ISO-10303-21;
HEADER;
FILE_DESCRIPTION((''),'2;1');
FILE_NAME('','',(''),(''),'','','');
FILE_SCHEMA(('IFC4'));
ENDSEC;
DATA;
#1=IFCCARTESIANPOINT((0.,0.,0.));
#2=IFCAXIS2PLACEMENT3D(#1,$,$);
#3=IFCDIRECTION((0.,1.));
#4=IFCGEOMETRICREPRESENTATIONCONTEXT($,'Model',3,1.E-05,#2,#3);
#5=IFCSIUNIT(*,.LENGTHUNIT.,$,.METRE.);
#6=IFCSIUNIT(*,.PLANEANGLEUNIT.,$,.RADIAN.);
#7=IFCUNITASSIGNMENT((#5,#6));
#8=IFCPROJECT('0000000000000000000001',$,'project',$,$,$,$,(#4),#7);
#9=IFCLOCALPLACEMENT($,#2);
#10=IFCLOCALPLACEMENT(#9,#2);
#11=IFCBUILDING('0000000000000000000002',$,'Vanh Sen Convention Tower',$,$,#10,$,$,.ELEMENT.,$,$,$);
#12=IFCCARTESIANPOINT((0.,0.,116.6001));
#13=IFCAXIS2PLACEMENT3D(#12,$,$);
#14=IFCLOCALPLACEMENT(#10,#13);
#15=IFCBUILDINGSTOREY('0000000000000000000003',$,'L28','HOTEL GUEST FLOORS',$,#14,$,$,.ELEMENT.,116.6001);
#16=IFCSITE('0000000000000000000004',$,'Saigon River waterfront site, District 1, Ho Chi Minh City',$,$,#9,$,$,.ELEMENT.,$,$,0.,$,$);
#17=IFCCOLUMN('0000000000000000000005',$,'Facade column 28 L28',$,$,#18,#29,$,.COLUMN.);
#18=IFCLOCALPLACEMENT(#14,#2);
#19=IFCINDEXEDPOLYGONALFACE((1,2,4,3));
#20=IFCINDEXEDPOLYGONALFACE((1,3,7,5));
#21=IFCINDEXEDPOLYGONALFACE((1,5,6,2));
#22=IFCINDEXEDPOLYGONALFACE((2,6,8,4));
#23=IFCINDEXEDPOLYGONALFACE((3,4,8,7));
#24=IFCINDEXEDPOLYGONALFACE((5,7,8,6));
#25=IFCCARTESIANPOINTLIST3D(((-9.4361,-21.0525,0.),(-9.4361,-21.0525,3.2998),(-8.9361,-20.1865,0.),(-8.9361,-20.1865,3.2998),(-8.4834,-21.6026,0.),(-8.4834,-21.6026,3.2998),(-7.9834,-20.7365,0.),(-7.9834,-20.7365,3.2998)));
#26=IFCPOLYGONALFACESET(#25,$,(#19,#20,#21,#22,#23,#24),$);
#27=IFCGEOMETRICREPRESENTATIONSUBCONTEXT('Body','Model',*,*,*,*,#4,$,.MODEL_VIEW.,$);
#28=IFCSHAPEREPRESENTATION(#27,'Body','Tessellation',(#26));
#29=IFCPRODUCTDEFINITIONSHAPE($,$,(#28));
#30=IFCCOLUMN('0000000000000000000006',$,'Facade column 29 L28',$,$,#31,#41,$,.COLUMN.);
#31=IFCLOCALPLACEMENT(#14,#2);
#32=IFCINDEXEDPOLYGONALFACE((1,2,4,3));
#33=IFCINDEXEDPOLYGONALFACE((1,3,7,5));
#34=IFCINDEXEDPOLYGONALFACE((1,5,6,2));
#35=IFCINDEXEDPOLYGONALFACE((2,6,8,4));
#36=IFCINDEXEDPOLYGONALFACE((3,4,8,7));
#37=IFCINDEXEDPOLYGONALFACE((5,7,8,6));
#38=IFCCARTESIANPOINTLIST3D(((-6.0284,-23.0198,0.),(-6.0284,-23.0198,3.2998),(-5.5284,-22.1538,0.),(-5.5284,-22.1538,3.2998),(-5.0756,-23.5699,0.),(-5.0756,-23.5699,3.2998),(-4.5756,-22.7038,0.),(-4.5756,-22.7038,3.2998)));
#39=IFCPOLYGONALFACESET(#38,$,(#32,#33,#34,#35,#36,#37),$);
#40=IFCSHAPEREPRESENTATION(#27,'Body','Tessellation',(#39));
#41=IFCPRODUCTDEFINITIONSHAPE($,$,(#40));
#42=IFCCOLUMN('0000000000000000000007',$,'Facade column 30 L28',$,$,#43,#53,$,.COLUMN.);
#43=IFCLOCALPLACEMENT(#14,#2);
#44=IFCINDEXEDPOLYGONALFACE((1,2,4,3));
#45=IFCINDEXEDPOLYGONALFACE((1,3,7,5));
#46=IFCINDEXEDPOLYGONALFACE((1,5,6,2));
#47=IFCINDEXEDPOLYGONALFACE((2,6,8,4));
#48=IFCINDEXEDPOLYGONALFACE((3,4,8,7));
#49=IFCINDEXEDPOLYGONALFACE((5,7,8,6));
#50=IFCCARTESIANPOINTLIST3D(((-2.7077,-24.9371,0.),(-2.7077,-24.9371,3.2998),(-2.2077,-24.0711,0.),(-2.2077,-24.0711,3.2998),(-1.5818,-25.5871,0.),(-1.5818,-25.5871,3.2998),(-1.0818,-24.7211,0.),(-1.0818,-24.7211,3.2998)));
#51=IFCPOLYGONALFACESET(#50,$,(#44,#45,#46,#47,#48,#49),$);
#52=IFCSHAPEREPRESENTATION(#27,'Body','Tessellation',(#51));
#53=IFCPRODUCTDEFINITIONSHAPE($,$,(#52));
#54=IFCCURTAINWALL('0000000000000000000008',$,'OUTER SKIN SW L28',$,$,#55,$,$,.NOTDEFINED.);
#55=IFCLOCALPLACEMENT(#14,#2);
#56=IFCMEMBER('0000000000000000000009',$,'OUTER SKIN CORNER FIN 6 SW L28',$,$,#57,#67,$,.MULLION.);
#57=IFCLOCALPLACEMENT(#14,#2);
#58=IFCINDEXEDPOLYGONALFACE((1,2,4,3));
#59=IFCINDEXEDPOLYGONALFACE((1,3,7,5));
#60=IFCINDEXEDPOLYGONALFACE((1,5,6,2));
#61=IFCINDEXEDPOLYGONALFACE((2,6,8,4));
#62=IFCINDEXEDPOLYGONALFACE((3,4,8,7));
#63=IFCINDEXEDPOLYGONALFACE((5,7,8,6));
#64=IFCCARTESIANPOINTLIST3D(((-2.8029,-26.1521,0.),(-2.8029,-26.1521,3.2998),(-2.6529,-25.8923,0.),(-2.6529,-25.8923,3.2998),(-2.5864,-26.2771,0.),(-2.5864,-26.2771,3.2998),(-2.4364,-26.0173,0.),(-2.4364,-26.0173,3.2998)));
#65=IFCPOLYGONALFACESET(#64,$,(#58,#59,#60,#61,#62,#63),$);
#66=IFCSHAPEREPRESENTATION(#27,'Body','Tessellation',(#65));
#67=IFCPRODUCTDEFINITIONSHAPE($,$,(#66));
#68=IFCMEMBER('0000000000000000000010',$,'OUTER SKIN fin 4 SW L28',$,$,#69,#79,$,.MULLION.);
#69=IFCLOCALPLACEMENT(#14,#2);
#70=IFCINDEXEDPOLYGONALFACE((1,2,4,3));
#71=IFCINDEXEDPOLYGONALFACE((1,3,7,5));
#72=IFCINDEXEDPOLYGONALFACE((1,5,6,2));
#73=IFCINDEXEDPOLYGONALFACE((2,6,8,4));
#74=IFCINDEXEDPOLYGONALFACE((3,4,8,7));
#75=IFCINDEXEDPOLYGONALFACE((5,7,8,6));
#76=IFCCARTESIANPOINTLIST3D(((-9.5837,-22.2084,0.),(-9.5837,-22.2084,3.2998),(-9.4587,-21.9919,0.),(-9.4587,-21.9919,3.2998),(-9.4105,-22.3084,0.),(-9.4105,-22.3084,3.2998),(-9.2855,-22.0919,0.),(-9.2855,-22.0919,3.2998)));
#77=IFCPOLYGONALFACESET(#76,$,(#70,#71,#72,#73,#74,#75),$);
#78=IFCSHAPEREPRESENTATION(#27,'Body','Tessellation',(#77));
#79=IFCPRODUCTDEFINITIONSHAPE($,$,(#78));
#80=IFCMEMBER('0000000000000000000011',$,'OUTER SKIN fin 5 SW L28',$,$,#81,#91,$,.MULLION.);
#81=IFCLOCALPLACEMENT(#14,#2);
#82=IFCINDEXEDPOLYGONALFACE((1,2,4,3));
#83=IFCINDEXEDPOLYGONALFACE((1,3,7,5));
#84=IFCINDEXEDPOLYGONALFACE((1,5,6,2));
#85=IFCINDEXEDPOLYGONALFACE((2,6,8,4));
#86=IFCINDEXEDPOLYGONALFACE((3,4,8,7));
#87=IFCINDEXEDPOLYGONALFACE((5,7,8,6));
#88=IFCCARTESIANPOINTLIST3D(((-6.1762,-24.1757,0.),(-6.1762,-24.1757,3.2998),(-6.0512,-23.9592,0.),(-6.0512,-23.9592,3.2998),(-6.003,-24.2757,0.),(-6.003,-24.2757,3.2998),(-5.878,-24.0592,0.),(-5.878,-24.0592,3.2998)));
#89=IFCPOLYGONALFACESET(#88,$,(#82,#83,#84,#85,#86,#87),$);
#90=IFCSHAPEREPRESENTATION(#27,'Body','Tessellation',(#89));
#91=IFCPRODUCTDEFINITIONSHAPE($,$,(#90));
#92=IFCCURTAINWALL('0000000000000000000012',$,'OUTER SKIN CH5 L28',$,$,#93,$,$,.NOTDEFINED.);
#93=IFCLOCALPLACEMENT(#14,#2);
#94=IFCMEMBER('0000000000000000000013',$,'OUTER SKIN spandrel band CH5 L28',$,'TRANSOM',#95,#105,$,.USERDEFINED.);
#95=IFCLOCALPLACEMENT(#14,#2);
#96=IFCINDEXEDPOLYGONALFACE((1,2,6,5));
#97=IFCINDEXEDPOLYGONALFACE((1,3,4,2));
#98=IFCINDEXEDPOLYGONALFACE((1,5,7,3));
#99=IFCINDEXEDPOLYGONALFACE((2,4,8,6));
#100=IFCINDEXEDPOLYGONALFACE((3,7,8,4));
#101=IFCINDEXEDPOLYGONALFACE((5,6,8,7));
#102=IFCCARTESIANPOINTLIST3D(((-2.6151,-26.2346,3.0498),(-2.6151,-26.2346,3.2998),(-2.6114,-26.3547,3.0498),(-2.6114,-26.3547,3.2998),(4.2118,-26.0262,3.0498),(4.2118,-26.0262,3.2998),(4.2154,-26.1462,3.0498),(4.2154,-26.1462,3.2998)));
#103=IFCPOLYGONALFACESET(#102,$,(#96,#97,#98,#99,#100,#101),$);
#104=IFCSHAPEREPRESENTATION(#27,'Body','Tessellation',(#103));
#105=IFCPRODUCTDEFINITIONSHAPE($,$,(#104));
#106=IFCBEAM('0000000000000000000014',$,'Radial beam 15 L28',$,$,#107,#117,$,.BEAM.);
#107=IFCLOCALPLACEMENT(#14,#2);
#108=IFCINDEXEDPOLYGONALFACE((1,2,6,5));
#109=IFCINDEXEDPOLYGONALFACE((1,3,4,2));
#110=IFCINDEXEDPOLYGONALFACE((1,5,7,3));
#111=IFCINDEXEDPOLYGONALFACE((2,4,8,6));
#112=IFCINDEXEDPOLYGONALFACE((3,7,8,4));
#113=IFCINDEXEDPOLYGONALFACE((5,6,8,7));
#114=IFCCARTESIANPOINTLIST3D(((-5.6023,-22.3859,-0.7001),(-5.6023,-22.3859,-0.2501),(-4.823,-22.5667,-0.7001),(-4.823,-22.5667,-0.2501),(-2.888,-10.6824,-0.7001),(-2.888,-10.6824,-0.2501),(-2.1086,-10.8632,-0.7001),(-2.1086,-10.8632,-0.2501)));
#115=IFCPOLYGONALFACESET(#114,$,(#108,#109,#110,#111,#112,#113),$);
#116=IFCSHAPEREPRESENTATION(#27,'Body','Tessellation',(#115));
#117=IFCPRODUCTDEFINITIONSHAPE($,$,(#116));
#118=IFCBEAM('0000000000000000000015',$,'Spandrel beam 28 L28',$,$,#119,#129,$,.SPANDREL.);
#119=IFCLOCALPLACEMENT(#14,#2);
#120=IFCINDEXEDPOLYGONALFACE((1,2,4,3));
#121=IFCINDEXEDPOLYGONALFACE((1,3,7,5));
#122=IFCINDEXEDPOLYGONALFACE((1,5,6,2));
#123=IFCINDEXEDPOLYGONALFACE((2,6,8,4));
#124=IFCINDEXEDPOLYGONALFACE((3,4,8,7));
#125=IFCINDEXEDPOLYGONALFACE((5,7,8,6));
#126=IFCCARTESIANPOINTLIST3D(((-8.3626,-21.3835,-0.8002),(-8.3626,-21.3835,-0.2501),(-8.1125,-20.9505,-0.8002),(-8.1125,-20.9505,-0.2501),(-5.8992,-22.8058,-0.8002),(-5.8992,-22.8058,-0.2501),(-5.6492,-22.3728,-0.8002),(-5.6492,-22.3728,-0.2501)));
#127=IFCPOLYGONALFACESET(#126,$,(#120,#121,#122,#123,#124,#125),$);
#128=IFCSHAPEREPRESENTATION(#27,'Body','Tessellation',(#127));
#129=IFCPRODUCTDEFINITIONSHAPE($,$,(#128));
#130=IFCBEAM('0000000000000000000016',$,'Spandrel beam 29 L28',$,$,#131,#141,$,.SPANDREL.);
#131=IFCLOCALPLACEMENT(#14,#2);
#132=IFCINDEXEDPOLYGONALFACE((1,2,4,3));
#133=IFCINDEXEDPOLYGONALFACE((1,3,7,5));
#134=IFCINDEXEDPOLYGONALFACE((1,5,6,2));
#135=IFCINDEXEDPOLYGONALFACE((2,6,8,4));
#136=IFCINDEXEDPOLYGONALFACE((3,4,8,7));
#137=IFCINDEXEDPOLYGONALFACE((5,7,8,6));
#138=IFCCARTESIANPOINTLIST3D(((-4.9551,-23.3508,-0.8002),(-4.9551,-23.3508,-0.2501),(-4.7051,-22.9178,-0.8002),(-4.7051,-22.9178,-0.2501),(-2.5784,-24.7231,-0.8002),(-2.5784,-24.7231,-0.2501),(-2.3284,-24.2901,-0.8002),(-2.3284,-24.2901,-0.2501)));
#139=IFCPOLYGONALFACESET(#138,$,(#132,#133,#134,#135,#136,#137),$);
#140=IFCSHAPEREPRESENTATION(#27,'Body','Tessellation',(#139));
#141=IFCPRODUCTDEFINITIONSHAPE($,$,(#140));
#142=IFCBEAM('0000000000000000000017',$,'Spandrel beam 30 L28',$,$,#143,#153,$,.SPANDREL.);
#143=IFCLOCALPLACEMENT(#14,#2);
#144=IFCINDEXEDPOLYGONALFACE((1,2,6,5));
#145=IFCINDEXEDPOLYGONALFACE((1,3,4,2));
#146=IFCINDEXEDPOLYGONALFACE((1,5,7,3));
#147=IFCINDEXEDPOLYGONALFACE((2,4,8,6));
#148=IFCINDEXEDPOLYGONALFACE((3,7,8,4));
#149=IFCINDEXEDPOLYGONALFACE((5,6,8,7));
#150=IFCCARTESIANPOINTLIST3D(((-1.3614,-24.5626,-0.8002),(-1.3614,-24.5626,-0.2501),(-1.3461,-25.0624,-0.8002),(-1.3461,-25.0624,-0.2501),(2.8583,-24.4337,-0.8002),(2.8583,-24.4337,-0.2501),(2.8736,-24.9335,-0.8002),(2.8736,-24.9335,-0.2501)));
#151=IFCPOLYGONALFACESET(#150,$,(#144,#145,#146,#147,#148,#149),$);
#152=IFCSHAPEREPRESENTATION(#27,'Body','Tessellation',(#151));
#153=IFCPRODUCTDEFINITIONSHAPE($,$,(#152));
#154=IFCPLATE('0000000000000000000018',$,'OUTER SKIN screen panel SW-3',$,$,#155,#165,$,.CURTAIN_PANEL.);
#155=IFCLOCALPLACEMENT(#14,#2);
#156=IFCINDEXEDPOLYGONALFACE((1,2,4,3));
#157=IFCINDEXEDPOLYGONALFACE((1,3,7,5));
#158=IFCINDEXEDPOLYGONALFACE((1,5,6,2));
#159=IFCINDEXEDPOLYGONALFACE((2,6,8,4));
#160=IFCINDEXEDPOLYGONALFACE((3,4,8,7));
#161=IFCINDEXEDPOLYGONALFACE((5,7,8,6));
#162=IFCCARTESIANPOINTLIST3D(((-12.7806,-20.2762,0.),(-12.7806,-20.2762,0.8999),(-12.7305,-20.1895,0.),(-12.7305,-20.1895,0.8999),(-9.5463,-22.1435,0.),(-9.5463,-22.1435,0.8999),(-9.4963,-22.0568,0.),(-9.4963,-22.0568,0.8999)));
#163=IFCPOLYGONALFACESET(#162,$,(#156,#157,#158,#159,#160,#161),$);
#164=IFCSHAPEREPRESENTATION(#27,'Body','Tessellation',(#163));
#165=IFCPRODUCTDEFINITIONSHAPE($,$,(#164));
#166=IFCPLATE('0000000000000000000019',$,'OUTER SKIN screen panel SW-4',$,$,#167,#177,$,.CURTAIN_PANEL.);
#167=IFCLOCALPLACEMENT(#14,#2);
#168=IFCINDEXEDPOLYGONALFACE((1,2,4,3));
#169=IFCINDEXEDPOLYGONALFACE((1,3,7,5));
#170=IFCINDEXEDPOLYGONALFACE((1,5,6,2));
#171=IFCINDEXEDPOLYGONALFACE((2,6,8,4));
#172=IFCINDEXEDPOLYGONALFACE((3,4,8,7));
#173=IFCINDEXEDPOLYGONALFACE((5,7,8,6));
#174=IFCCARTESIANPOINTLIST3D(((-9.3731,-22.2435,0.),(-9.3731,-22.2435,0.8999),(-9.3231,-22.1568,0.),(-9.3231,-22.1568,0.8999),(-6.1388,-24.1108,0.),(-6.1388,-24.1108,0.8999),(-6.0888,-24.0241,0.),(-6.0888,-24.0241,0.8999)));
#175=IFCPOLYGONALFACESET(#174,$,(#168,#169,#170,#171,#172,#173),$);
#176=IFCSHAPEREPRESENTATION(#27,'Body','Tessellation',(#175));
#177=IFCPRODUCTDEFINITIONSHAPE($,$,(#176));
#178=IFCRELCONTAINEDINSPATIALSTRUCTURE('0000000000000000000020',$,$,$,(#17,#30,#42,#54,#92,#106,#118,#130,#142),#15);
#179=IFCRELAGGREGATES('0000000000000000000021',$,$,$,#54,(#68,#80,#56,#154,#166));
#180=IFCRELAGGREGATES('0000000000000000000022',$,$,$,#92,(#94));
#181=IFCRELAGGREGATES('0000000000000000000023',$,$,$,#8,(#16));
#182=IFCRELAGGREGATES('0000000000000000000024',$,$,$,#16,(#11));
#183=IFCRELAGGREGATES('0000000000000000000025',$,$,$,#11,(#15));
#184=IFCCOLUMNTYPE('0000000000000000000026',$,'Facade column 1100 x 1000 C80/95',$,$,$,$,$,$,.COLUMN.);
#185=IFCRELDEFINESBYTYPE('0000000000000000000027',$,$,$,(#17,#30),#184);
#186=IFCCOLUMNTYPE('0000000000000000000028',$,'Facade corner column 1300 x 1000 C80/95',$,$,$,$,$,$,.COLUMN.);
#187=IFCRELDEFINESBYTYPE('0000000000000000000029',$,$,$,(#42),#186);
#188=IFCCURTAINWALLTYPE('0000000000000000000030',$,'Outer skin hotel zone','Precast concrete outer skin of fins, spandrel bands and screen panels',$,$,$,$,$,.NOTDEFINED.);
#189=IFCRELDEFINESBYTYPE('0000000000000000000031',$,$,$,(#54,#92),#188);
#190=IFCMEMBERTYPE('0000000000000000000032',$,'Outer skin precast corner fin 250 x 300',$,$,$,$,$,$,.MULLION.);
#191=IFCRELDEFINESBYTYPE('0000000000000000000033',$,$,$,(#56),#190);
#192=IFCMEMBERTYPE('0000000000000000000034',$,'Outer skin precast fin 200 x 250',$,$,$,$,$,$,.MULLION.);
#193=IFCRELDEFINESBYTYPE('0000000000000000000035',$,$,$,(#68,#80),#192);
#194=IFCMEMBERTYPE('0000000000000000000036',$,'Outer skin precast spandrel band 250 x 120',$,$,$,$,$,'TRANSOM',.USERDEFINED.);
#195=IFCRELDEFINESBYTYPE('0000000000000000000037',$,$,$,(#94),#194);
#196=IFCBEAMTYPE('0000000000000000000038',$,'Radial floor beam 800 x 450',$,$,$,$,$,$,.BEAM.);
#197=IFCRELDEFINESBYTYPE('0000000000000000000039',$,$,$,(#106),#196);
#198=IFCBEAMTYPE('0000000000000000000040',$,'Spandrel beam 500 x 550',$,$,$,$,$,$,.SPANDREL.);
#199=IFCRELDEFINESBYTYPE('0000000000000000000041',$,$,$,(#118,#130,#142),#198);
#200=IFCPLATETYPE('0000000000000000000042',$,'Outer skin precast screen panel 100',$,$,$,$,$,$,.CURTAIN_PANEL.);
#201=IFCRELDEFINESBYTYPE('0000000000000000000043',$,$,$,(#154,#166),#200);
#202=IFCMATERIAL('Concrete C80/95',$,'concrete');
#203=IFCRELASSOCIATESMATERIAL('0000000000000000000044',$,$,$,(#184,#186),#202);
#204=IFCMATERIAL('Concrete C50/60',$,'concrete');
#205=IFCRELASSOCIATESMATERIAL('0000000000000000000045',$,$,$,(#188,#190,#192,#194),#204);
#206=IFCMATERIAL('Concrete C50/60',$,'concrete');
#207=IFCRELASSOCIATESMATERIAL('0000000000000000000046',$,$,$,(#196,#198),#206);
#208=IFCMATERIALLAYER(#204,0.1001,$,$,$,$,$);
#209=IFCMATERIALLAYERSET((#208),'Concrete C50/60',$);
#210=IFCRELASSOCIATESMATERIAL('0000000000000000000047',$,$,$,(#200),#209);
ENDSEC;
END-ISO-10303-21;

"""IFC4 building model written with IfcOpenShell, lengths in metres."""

from ifc_helpers import new_model, si_unit, direction, frame, origin, origin_2d, place, context, subcontext, project, spatial, rectangle, extrude, material, layer, layer_set, material_profile, profile_set, type_object, element, aggregate, save


model = new_model("IFC4")

# Units and contexts
model_context = context("Model", 3, precision=1e-05, world=origin(), true_north=direction((0.0, 1.0)))
body_context = subcontext(model_context, "Body", "Model", "MODEL_VIEW")
ifc_project = project(units=[si_unit("LENGTHUNIT", "METRE"), si_unit("PLANEANGLEUNIT", "RADIAN")], contexts=[model_context])

# Site, building, storey
site_placement = place(None, origin())
site = spatial("IfcSite", under=ifc_project, at=site_placement, Name="Saigon River waterfront site, District 1, Ho Chi Minh City", CompositionType="ELEMENT", RefElevation=0.0)
building_placement = place(site_placement, origin())
building = spatial("IfcBuilding", under=site, at=building_placement, Name="Vanh Sen Convention Tower", CompositionType="ELEMENT")
storey_placement = place(building_placement, frame((0.0, 0.0, 116.6001)))
storey = spatial("IfcBuildingStorey", under=building, at=storey_placement, Name="L28", Description="HOTEL GUEST FLOORS", CompositionType="ELEMENT", Elevation=116.6001)

# Columns
ifc_material_1 = material(Name="Concrete C80/95", Category="concrete")
ifc_material_profile_1 = material_profile(ifc_material_1, rectangle(XDim=1.1001, YDim=1.0, at=origin_2d()), Name="RC 1100X1000")
ifc_profile_set_1 = profile_set([ifc_material_profile_1], Name="Concrete C80/95")
column_type_1 = type_object("IfcColumnType", Name="Facade column 1100 x 1000 C80/95", PredefinedType="COLUMN", material=ifc_profile_set_1)
for number, where, z_axis, x_axis, name in (
    (1, (-8.7097, -20.8945, 0.0), (0.0, 0.0, 1.0), (0.866025, -0.5, 0.0), "Facade column 28 L28"),
    (2, (-5.302, -22.8618, 0.0), (0.0, 0.0, 1.0), (0.866025, -0.5, 0.0), "Facade column 29 L28"),
):
    element("IfcColumn", number, at=place(storey_placement, frame(where, z_axis=z_axis, x_axis=x_axis)), inside=storey, type_object=column_type_1, Name=name, PredefinedType="COLUMN", context=body_context, shape_type="SweptSolid", body=[
        extrude(rectangle(XDim=1.1001, YDim=1.0, at=origin_2d()), origin(), (0.0, 0.0, 1.0), 3.2998),
    ])
ifc_material_profile_2 = material_profile(ifc_material_1, rectangle(XDim=1.3, YDim=1.0, at=origin_2d()), Name="RC 1300X1000")
ifc_profile_set_2 = profile_set([ifc_material_profile_2], Name="Concrete C80/95")
column_type_2 = type_object("IfcColumnType", Name="Facade corner column 1300 x 1000 C80/95", PredefinedType="COLUMN", material=ifc_profile_set_2)
column_placement = place(storey_placement, frame((-1.8948, -24.8291, 0.0), z_axis=(0.0, 0.0, 1.0), x_axis=(0.866025, -0.5, 0.0)))
element("IfcColumn", 3, at=column_placement, inside=storey, type_object=column_type_2, Name="Facade column 30 L28", PredefinedType="COLUMN", context=body_context, shape_type="SweptSolid", body=[
    extrude(rectangle(XDim=1.3, YDim=1.0, at=origin_2d()), origin(), (0.0, 0.0, 1.0), 3.2998),
])

# Curtain wall, members
ifc_material_2 = material(Name="Concrete C50/60", Category="concrete")
curtain_wall_type = type_object("IfcCurtainWallType", Name="Outer skin hotel zone", Description="Precast concrete outer skin of fins, spandrel bands and screen panels", PredefinedType="NOTDEFINED", material=ifc_material_2)
curtain_wall_1_placement = place(storey_placement, origin())
curtain_wall_1 = element("IfcCurtainWall", 4, at=curtain_wall_1_placement, inside=storey, type_object=curtain_wall_type, Name="OUTER SKIN SW L28", PredefinedType="NOTDEFINED")
ifc_material_profile_3 = material_profile(ifc_material_2, rectangle(XDim=0.25, YDim=0.3, at=origin_2d()), Name="Outer skin precast corner fin 250 x 300")
ifc_profile_set_3 = profile_set([ifc_material_profile_3], Name="Concrete C50/60")
member_type_1 = type_object("IfcMemberType", Name="Outer skin precast corner fin 250 x 300", PredefinedType="MULLION", material=ifc_profile_set_3)
member_1_placement = place(storey_placement, frame((-2.6196, -26.0847, 0.0), z_axis=(0.0, 0.0, 1.0), x_axis=(0.866025, -0.5, 0.0)))
member_1 = element("IfcMember", 5, at=member_1_placement, type_object=member_type_1, Name="OUTER SKIN CORNER FIN 6 SW L28", PredefinedType="MULLION", context=body_context, shape_type="SweptSolid", body=[
    extrude(rectangle(XDim=0.25, YDim=0.3, at=origin_2d()), origin(), (0.0, 0.0, 1.0), 3.2998),
])
ifc_material_profile_4 = material_profile(ifc_material_2, rectangle(XDim=0.2, YDim=0.25, at=origin_2d()), Name="Outer skin precast fin 200 x 250")
ifc_profile_set_4 = profile_set([ifc_material_profile_4], Name="Concrete C50/60")
member_type_2 = type_object("IfcMemberType", Name="Outer skin precast fin 200 x 250", PredefinedType="MULLION", material=ifc_profile_set_4)
member_2_placement = place(storey_placement, frame((-9.4346, -22.1501, 0.0), z_axis=(0.0, 0.0, 1.0), x_axis=(0.866025, -0.5, 0.0)))
member_2 = element("IfcMember", 6, at=member_2_placement, type_object=member_type_2, Name="OUTER SKIN fin 4 SW L28", PredefinedType="MULLION", context=body_context, shape_type="SweptSolid", body=[
    extrude(rectangle(XDim=0.2, YDim=0.25, at=origin_2d()), origin(), (0.0, 0.0, 1.0), 3.2998),
])
member_3_placement = place(storey_placement, frame((-6.0271, -24.1174, 0.0), z_axis=(0.0, 0.0, 1.0), x_axis=(0.866025, -0.5, 0.0)))
member_3 = element("IfcMember", 7, at=member_3_placement, type_object=member_type_2, Name="OUTER SKIN fin 5 SW L28", PredefinedType="MULLION", context=body_context, shape_type="SweptSolid", body=[
    extrude(rectangle(XDim=0.2, YDim=0.25, at=origin_2d()), origin(), (0.0, 0.0, 1.0), 3.2998),
])

# Curtain wall, member
curtain_wall_2_placement = place(storey_placement, origin())
curtain_wall_2 = element("IfcCurtainWall", 8, at=curtain_wall_2_placement, inside=storey, type_object=curtain_wall_type, Name="OUTER SKIN CH5 L28", PredefinedType="NOTDEFINED")
ifc_material_profile_5 = material_profile(ifc_material_2, rectangle(XDim=0.1201, YDim=0.25, at=origin_2d()), Name="Outer skin precast spandrel band 250 x 120")
ifc_profile_set_5 = profile_set([ifc_material_profile_5], Name="Concrete C50/60")
member_type_3 = type_object("IfcMemberType", Name="Outer skin precast spandrel band 250 x 120", ElementType="TRANSOM", PredefinedType="USERDEFINED", material=ifc_profile_set_5)
member_4_placement = place(storey_placement, frame((-2.6133, -26.2947, 3.1748), z_axis=(0.999534, 0.030526, 0.0), x_axis=(-0.030526, 0.999534, 0.0)))
member_4 = element("IfcMember", 9, at=member_4_placement, type_object=member_type_3, Name="OUTER SKIN spandrel band CH5 L28", ObjectType="TRANSOM", PredefinedType="USERDEFINED", context=body_context, shape_type="SweptSolid", body=[
    extrude(rectangle(XDim=0.1201, YDim=0.25, at=origin_2d()), origin(), (0.0, 0.0, 1.0), 6.8301),
])

# Beams
ifc_material_3 = material(Name="Concrete C50/60", Category="concrete")
ifc_material_profile_6 = material_profile(ifc_material_3, rectangle(XDim=0.8, YDim=0.45, at=origin_2d()), Name="RC 800X450")
ifc_profile_set_6 = profile_set([ifc_material_profile_6], Name="Concrete C50/60")
beam_type_1 = type_object("IfcBeamType", Name="Radial floor beam 800 x 450", PredefinedType="BEAM", material=ifc_profile_set_6)
beam_1_placement = place(storey_placement, frame((-5.2126, -22.4763, -0.4751), z_axis=(0.225928, 0.974144, 0.0), x_axis=(-0.974144, 0.225928, 0.0)))
element("IfcBeam", 10, at=beam_1_placement, inside=storey, type_object=beam_type_1, Name="Radial beam 15 L28", PredefinedType="BEAM", context=body_context, shape_type="SweptSolid", body=[
    extrude(rectangle(XDim=0.8, YDim=0.45, at=origin_2d()), origin(), (0.0, 0.0, 1.0), 12.0142),
])
ifc_material_profile_7 = material_profile(ifc_material_3, rectangle(XDim=0.5, YDim=0.55, at=origin_2d()), Name="RC 500X550")
ifc_profile_set_7 = profile_set([ifc_material_profile_7], Name="Concrete C50/60")
beam_type_2 = type_object("IfcBeamType", Name="Spandrel beam 500 x 550", PredefinedType="SPANDREL", material=ifc_profile_set_7)
beam_2_placement = place(storey_placement, frame((-8.2375, -21.167, -0.5251), z_axis=(0.866005, -0.500034, 0.0), x_axis=(0.500034, 0.866005, 0.0)))
element("IfcBeam", 11, at=beam_2_placement, inside=storey, type_object=beam_type_2, Name="Spandrel beam 28 L28", PredefinedType="SPANDREL", context=body_context, shape_type="SweptSolid", body=[
    extrude(rectangle(XDim=0.5, YDim=0.55, at=origin_2d()), origin(), (0.0, 0.0, 1.0), 2.8445),
])
beam_3_placement = place(storey_placement, frame((-4.8301, -23.1343, -0.5251), z_axis=(0.866006, -0.500033, 0.0), x_axis=(0.500033, 0.866006, 0.0)))
element("IfcBeam", 12, at=beam_3_placement, inside=storey, type_object=beam_type_2, Name="Spandrel beam 29 L28", PredefinedType="SPANDREL", context=body_context, shape_type="SweptSolid", body=[
    extrude(rectangle(XDim=0.5, YDim=0.55, at=origin_2d()), origin(), (0.0, 0.0, 1.0), 2.7444),
])
beam_4_placement = place(storey_placement, frame((-1.3538, -24.8125, -0.5251), z_axis=(0.999534, 0.030534, 0.0), x_axis=(-0.030534, 0.999534, 0.0)))
element("IfcBeam", 13, at=beam_4_placement, inside=storey, type_object=beam_type_2, Name="Spandrel beam 30 L28", PredefinedType="SPANDREL", context=body_context, shape_type="SweptSolid", body=[
    extrude(rectangle(XDim=0.5, YDim=0.55, at=origin_2d()), origin(), (0.0, 0.0, 1.0), 4.2217),
])

# Plates
ifc_layer_1 = layer(ifc_material_2, 0.1001)
ifc_layer_set_1 = layer_set([ifc_layer_1], Name="Concrete C50/60")
plate_type = type_object("IfcPlateType", Name="Outer skin precast screen panel 100", PredefinedType="CURTAIN_PANEL", material=ifc_layer_set_1)
plate_1_placement = place(storey_placement, frame((-11.1384, -21.1665, 0.0), z_axis=(0.0, 0.0, 1.0), x_axis=(0.866028, -0.499995, 0.0)))
plate_1 = element("IfcPlate", 14, at=plate_1_placement, type_object=plate_type, Name="OUTER SKIN screen panel SW-3", PredefinedType="CURTAIN_PANEL", context=body_context, shape_type="SweptSolid", body=[
    extrude(rectangle(XDim=3.7346, YDim=0.1001, at=origin_2d()), origin(), (0.0, 0.0, 1.0), 0.8999),
])
plate_2_placement = place(storey_placement, frame((-7.731, -23.1338, 0.0), z_axis=(0.0, 0.0, 1.0), x_axis=(0.866028, -0.499995, 0.0)))
plate_2 = element("IfcPlate", 15, at=plate_2_placement, type_object=plate_type, Name="OUTER SKIN screen panel SW-4", PredefinedType="CURTAIN_PANEL", context=body_context, shape_type="SweptSolid", body=[
    extrude(rectangle(XDim=3.7346, YDim=0.1001, at=origin_2d()), origin(), (0.0, 0.0, 1.0), 0.8999),
])
aggregate(curtain_wall_1, [member_2, member_3, member_1, plate_1, plate_2])
aggregate(curtain_wall_2, [member_4])

save(model, "model.ifc")
